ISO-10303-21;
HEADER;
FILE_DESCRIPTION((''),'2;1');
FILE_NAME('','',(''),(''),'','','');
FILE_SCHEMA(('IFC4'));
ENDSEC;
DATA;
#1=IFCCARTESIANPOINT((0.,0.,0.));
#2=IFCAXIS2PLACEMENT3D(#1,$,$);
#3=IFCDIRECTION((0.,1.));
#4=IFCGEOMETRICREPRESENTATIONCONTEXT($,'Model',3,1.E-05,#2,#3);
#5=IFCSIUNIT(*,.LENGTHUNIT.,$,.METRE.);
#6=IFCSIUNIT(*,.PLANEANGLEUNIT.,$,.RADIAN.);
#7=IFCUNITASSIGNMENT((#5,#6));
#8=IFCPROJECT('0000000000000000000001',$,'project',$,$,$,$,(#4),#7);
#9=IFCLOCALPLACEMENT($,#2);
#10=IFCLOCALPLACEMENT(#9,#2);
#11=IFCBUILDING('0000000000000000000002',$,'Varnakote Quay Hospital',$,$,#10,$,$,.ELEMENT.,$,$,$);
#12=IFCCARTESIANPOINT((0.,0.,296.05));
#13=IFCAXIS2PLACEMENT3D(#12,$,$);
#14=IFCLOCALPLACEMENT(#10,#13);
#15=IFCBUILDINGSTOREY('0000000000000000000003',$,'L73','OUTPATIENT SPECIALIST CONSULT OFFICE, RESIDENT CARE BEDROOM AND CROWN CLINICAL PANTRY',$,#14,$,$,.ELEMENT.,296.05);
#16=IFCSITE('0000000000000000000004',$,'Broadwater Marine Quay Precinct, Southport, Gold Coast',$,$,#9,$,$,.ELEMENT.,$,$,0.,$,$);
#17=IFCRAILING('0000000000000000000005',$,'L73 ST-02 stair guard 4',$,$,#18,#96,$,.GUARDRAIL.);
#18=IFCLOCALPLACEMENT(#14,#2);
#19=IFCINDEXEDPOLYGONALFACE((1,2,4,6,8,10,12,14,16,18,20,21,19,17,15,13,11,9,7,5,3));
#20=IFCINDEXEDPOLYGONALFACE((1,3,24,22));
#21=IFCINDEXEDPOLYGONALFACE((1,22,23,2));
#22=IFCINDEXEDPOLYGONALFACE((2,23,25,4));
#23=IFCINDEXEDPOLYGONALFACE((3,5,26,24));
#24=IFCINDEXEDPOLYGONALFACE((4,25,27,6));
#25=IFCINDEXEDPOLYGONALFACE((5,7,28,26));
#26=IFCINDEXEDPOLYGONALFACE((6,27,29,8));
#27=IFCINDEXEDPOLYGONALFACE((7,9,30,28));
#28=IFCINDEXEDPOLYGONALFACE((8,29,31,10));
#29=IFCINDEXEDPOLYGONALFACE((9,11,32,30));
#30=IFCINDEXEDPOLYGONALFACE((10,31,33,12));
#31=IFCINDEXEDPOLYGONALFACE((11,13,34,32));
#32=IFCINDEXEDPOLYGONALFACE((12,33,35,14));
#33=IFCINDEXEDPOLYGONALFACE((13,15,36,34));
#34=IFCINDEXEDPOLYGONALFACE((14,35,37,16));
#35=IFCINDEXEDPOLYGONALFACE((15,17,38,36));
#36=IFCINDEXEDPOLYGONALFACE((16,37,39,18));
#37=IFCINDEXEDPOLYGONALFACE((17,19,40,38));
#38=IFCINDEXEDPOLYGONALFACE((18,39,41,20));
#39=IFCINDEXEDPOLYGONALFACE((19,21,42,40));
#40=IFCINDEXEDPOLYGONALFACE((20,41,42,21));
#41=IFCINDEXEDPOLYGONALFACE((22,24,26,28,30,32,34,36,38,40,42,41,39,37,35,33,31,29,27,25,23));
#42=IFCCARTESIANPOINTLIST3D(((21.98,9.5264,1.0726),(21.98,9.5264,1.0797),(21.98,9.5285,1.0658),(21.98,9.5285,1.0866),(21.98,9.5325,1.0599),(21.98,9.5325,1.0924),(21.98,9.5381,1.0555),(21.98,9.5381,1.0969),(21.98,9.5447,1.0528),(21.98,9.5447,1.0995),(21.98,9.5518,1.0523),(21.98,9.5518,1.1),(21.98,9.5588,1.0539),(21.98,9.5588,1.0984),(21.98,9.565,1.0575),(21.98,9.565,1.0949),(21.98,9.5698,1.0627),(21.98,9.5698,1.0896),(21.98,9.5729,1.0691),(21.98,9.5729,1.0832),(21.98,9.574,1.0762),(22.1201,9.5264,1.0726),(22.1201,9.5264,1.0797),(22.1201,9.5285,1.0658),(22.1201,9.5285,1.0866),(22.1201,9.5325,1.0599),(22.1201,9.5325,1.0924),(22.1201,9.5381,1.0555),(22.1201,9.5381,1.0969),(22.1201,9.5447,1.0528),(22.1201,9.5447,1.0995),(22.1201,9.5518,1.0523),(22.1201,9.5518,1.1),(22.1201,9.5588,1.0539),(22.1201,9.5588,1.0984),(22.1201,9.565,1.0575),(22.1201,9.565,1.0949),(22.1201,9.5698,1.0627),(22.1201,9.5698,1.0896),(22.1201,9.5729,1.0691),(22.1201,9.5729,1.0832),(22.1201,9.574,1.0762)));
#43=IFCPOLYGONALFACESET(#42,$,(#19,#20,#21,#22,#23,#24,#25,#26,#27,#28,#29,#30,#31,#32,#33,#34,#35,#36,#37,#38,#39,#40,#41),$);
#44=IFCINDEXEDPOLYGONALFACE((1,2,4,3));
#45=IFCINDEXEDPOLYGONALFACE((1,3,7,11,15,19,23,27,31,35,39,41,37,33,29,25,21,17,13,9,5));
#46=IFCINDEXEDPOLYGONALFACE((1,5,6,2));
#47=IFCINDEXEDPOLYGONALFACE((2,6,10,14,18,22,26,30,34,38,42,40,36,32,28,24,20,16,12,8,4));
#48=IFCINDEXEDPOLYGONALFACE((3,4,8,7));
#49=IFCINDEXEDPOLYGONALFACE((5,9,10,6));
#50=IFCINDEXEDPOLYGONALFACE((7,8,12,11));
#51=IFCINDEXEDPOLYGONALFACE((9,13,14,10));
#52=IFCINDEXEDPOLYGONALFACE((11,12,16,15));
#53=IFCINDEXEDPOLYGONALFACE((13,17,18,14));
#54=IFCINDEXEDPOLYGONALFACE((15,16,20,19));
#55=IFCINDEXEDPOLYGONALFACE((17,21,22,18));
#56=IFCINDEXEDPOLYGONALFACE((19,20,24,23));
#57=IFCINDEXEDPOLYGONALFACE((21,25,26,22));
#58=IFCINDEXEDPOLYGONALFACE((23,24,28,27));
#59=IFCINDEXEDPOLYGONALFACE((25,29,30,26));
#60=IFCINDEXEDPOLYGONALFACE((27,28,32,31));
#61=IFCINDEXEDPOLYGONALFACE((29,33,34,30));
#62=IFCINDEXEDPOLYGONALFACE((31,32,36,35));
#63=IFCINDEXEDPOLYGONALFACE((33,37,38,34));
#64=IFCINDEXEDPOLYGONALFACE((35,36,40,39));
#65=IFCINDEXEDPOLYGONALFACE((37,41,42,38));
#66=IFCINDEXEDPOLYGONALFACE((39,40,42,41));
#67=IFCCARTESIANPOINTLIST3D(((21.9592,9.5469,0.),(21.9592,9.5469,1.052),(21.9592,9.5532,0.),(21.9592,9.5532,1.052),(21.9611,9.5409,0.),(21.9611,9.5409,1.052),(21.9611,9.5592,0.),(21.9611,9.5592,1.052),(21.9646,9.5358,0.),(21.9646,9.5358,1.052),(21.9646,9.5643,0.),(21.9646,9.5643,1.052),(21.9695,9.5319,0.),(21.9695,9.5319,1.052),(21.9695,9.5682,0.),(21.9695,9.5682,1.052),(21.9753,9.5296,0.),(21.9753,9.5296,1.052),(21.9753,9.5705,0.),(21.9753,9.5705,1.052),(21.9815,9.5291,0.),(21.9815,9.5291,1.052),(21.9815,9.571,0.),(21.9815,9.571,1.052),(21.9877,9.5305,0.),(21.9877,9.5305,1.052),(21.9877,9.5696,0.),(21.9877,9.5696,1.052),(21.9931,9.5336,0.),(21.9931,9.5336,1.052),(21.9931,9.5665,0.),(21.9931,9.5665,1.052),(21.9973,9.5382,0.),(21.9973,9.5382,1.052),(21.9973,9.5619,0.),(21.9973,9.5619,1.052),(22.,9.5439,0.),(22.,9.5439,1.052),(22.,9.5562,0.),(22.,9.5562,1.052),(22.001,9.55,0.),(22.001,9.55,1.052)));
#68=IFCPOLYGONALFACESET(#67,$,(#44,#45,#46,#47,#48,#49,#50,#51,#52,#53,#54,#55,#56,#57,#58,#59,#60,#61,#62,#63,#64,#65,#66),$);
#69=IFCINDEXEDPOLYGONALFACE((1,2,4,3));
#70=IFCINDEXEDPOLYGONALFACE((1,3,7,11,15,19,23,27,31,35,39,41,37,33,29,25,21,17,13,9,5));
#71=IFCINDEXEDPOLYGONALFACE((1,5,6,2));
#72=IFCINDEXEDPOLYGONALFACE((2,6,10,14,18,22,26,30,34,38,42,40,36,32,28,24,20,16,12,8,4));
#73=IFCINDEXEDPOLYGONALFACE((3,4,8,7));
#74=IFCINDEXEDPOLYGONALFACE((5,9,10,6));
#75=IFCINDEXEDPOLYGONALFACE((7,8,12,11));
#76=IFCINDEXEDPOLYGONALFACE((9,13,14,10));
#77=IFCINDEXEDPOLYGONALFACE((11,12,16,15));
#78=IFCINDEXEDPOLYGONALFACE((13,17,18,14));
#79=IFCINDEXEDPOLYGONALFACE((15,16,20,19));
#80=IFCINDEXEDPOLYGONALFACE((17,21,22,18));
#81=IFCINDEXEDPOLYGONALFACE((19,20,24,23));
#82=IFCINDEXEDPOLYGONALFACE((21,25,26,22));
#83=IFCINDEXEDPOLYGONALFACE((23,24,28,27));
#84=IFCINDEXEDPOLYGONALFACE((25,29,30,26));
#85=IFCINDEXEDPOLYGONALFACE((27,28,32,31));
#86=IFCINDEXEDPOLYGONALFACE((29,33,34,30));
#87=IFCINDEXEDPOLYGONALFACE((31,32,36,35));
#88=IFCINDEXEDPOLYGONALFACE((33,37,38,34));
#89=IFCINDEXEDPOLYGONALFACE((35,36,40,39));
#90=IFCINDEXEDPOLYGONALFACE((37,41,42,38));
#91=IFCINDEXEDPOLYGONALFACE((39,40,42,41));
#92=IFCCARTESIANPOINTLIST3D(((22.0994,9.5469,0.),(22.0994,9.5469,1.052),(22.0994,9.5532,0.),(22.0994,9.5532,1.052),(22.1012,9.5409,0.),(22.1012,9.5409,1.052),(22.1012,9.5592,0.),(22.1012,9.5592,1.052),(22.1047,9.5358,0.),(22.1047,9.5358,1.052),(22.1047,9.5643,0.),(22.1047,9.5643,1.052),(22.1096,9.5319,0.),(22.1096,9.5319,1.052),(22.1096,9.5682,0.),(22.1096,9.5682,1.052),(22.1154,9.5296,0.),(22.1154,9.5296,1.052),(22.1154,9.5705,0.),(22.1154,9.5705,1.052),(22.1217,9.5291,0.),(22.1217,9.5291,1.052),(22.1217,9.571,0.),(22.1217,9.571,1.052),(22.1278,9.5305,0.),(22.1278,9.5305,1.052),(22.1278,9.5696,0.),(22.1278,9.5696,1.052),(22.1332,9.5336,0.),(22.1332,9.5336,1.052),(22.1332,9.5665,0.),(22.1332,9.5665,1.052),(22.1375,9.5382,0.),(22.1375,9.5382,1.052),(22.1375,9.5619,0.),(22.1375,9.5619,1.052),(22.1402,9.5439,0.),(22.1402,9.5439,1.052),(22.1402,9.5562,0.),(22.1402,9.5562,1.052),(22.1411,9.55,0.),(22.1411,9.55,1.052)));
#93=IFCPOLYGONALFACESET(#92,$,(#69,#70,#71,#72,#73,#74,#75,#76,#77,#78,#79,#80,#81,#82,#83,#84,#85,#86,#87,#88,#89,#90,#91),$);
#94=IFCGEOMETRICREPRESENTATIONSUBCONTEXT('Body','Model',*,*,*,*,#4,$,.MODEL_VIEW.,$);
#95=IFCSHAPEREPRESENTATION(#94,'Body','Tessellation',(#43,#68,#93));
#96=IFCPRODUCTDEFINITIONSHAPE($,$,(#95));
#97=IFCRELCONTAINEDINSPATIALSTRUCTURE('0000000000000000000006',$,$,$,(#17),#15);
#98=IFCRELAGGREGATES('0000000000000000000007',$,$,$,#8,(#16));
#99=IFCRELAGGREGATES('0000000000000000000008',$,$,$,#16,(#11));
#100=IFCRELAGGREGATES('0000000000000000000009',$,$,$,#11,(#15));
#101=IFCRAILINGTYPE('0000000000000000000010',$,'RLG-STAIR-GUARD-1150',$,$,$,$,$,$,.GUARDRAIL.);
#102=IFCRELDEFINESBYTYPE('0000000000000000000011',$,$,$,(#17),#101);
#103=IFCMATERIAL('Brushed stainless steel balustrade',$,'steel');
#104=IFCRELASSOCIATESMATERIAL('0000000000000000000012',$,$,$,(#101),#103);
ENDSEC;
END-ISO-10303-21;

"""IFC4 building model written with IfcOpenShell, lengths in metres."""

from ifc_helpers import new_model, si_unit, direction, frame, origin, origin_2d, place, context, subcontext, project, spatial, circle, extrude, material, type_object, element, save


model = new_model("IFC4")

# Units and contexts
model_context = context("Model", 3, precision=1e-05, world=origin(), true_north=direction((0.0, 1.0)))
body_context = subcontext(model_context, "Body", "Model", "MODEL_VIEW")
ifc_project = project(units=[si_unit("LENGTHUNIT", "METRE"), si_unit("PLANEANGLEUNIT", "RADIAN")], contexts=[model_context])

# Site, building, storey
site_placement = place(None, origin())
site = spatial("IfcSite", under=ifc_project, at=site_placement, Name="Broadwater Marine Quay Precinct, Southport, Gold Coast", CompositionType="ELEMENT", RefElevation=0.0)
building_placement = place(site_placement, origin())
building = spatial("IfcBuilding", under=site, at=building_placement, Name="Varnakote Quay Hospital", CompositionType="ELEMENT")
storey_placement = place(building_placement, frame((0.0, 0.0, 296.05)))
storey = spatial("IfcBuildingStorey", under=building, at=storey_placement, Name="L73", Description="OUTPATIENT SPECIALIST CONSULT OFFICE, RESIDENT CARE BEDROOM AND CROWN CLINICAL PANTRY", CompositionType="ELEMENT", Elevation=296.05)

# Railing
ifc_material_1 = material(Name="Brushed stainless steel balustrade", Category="steel")
railing_type_1 = type_object("IfcRailingType", Name="RLG-STAIR-GUARD-1150", PredefinedType="GUARDRAIL", material=ifc_material_1)
railing_1_placement = place(storey_placement, frame((21.98, 9.55, 0.0)))
element("IfcRailing", 1, at=railing_1_placement, inside=storey, type_object=railing_type_1, Name="L73 ST-02 stair guard 4", PredefinedType="GUARDRAIL", context=body_context, shape_type="SweptSolid", body=[
    extrude(circle(Radius=0.0239, at=origin_2d()), frame((0.0, 0.0, 1.0762), z_axis=(1.0, 0.0, 0.0), x_axis=(0.0, 1.0, 0.0)), (0.0, 0.0, 1.0), 0.1401),
    extrude(circle(Radius=0.021, at=origin_2d()), origin(), (0.0, 0.0, 1.0), 1.052),
    extrude(circle(Radius=0.021, at=origin_2d()), frame((0.1401, 0.0, 0.0)), (0.0, 0.0, 1.0), 1.052),
])

save(model, "model.ifc")
